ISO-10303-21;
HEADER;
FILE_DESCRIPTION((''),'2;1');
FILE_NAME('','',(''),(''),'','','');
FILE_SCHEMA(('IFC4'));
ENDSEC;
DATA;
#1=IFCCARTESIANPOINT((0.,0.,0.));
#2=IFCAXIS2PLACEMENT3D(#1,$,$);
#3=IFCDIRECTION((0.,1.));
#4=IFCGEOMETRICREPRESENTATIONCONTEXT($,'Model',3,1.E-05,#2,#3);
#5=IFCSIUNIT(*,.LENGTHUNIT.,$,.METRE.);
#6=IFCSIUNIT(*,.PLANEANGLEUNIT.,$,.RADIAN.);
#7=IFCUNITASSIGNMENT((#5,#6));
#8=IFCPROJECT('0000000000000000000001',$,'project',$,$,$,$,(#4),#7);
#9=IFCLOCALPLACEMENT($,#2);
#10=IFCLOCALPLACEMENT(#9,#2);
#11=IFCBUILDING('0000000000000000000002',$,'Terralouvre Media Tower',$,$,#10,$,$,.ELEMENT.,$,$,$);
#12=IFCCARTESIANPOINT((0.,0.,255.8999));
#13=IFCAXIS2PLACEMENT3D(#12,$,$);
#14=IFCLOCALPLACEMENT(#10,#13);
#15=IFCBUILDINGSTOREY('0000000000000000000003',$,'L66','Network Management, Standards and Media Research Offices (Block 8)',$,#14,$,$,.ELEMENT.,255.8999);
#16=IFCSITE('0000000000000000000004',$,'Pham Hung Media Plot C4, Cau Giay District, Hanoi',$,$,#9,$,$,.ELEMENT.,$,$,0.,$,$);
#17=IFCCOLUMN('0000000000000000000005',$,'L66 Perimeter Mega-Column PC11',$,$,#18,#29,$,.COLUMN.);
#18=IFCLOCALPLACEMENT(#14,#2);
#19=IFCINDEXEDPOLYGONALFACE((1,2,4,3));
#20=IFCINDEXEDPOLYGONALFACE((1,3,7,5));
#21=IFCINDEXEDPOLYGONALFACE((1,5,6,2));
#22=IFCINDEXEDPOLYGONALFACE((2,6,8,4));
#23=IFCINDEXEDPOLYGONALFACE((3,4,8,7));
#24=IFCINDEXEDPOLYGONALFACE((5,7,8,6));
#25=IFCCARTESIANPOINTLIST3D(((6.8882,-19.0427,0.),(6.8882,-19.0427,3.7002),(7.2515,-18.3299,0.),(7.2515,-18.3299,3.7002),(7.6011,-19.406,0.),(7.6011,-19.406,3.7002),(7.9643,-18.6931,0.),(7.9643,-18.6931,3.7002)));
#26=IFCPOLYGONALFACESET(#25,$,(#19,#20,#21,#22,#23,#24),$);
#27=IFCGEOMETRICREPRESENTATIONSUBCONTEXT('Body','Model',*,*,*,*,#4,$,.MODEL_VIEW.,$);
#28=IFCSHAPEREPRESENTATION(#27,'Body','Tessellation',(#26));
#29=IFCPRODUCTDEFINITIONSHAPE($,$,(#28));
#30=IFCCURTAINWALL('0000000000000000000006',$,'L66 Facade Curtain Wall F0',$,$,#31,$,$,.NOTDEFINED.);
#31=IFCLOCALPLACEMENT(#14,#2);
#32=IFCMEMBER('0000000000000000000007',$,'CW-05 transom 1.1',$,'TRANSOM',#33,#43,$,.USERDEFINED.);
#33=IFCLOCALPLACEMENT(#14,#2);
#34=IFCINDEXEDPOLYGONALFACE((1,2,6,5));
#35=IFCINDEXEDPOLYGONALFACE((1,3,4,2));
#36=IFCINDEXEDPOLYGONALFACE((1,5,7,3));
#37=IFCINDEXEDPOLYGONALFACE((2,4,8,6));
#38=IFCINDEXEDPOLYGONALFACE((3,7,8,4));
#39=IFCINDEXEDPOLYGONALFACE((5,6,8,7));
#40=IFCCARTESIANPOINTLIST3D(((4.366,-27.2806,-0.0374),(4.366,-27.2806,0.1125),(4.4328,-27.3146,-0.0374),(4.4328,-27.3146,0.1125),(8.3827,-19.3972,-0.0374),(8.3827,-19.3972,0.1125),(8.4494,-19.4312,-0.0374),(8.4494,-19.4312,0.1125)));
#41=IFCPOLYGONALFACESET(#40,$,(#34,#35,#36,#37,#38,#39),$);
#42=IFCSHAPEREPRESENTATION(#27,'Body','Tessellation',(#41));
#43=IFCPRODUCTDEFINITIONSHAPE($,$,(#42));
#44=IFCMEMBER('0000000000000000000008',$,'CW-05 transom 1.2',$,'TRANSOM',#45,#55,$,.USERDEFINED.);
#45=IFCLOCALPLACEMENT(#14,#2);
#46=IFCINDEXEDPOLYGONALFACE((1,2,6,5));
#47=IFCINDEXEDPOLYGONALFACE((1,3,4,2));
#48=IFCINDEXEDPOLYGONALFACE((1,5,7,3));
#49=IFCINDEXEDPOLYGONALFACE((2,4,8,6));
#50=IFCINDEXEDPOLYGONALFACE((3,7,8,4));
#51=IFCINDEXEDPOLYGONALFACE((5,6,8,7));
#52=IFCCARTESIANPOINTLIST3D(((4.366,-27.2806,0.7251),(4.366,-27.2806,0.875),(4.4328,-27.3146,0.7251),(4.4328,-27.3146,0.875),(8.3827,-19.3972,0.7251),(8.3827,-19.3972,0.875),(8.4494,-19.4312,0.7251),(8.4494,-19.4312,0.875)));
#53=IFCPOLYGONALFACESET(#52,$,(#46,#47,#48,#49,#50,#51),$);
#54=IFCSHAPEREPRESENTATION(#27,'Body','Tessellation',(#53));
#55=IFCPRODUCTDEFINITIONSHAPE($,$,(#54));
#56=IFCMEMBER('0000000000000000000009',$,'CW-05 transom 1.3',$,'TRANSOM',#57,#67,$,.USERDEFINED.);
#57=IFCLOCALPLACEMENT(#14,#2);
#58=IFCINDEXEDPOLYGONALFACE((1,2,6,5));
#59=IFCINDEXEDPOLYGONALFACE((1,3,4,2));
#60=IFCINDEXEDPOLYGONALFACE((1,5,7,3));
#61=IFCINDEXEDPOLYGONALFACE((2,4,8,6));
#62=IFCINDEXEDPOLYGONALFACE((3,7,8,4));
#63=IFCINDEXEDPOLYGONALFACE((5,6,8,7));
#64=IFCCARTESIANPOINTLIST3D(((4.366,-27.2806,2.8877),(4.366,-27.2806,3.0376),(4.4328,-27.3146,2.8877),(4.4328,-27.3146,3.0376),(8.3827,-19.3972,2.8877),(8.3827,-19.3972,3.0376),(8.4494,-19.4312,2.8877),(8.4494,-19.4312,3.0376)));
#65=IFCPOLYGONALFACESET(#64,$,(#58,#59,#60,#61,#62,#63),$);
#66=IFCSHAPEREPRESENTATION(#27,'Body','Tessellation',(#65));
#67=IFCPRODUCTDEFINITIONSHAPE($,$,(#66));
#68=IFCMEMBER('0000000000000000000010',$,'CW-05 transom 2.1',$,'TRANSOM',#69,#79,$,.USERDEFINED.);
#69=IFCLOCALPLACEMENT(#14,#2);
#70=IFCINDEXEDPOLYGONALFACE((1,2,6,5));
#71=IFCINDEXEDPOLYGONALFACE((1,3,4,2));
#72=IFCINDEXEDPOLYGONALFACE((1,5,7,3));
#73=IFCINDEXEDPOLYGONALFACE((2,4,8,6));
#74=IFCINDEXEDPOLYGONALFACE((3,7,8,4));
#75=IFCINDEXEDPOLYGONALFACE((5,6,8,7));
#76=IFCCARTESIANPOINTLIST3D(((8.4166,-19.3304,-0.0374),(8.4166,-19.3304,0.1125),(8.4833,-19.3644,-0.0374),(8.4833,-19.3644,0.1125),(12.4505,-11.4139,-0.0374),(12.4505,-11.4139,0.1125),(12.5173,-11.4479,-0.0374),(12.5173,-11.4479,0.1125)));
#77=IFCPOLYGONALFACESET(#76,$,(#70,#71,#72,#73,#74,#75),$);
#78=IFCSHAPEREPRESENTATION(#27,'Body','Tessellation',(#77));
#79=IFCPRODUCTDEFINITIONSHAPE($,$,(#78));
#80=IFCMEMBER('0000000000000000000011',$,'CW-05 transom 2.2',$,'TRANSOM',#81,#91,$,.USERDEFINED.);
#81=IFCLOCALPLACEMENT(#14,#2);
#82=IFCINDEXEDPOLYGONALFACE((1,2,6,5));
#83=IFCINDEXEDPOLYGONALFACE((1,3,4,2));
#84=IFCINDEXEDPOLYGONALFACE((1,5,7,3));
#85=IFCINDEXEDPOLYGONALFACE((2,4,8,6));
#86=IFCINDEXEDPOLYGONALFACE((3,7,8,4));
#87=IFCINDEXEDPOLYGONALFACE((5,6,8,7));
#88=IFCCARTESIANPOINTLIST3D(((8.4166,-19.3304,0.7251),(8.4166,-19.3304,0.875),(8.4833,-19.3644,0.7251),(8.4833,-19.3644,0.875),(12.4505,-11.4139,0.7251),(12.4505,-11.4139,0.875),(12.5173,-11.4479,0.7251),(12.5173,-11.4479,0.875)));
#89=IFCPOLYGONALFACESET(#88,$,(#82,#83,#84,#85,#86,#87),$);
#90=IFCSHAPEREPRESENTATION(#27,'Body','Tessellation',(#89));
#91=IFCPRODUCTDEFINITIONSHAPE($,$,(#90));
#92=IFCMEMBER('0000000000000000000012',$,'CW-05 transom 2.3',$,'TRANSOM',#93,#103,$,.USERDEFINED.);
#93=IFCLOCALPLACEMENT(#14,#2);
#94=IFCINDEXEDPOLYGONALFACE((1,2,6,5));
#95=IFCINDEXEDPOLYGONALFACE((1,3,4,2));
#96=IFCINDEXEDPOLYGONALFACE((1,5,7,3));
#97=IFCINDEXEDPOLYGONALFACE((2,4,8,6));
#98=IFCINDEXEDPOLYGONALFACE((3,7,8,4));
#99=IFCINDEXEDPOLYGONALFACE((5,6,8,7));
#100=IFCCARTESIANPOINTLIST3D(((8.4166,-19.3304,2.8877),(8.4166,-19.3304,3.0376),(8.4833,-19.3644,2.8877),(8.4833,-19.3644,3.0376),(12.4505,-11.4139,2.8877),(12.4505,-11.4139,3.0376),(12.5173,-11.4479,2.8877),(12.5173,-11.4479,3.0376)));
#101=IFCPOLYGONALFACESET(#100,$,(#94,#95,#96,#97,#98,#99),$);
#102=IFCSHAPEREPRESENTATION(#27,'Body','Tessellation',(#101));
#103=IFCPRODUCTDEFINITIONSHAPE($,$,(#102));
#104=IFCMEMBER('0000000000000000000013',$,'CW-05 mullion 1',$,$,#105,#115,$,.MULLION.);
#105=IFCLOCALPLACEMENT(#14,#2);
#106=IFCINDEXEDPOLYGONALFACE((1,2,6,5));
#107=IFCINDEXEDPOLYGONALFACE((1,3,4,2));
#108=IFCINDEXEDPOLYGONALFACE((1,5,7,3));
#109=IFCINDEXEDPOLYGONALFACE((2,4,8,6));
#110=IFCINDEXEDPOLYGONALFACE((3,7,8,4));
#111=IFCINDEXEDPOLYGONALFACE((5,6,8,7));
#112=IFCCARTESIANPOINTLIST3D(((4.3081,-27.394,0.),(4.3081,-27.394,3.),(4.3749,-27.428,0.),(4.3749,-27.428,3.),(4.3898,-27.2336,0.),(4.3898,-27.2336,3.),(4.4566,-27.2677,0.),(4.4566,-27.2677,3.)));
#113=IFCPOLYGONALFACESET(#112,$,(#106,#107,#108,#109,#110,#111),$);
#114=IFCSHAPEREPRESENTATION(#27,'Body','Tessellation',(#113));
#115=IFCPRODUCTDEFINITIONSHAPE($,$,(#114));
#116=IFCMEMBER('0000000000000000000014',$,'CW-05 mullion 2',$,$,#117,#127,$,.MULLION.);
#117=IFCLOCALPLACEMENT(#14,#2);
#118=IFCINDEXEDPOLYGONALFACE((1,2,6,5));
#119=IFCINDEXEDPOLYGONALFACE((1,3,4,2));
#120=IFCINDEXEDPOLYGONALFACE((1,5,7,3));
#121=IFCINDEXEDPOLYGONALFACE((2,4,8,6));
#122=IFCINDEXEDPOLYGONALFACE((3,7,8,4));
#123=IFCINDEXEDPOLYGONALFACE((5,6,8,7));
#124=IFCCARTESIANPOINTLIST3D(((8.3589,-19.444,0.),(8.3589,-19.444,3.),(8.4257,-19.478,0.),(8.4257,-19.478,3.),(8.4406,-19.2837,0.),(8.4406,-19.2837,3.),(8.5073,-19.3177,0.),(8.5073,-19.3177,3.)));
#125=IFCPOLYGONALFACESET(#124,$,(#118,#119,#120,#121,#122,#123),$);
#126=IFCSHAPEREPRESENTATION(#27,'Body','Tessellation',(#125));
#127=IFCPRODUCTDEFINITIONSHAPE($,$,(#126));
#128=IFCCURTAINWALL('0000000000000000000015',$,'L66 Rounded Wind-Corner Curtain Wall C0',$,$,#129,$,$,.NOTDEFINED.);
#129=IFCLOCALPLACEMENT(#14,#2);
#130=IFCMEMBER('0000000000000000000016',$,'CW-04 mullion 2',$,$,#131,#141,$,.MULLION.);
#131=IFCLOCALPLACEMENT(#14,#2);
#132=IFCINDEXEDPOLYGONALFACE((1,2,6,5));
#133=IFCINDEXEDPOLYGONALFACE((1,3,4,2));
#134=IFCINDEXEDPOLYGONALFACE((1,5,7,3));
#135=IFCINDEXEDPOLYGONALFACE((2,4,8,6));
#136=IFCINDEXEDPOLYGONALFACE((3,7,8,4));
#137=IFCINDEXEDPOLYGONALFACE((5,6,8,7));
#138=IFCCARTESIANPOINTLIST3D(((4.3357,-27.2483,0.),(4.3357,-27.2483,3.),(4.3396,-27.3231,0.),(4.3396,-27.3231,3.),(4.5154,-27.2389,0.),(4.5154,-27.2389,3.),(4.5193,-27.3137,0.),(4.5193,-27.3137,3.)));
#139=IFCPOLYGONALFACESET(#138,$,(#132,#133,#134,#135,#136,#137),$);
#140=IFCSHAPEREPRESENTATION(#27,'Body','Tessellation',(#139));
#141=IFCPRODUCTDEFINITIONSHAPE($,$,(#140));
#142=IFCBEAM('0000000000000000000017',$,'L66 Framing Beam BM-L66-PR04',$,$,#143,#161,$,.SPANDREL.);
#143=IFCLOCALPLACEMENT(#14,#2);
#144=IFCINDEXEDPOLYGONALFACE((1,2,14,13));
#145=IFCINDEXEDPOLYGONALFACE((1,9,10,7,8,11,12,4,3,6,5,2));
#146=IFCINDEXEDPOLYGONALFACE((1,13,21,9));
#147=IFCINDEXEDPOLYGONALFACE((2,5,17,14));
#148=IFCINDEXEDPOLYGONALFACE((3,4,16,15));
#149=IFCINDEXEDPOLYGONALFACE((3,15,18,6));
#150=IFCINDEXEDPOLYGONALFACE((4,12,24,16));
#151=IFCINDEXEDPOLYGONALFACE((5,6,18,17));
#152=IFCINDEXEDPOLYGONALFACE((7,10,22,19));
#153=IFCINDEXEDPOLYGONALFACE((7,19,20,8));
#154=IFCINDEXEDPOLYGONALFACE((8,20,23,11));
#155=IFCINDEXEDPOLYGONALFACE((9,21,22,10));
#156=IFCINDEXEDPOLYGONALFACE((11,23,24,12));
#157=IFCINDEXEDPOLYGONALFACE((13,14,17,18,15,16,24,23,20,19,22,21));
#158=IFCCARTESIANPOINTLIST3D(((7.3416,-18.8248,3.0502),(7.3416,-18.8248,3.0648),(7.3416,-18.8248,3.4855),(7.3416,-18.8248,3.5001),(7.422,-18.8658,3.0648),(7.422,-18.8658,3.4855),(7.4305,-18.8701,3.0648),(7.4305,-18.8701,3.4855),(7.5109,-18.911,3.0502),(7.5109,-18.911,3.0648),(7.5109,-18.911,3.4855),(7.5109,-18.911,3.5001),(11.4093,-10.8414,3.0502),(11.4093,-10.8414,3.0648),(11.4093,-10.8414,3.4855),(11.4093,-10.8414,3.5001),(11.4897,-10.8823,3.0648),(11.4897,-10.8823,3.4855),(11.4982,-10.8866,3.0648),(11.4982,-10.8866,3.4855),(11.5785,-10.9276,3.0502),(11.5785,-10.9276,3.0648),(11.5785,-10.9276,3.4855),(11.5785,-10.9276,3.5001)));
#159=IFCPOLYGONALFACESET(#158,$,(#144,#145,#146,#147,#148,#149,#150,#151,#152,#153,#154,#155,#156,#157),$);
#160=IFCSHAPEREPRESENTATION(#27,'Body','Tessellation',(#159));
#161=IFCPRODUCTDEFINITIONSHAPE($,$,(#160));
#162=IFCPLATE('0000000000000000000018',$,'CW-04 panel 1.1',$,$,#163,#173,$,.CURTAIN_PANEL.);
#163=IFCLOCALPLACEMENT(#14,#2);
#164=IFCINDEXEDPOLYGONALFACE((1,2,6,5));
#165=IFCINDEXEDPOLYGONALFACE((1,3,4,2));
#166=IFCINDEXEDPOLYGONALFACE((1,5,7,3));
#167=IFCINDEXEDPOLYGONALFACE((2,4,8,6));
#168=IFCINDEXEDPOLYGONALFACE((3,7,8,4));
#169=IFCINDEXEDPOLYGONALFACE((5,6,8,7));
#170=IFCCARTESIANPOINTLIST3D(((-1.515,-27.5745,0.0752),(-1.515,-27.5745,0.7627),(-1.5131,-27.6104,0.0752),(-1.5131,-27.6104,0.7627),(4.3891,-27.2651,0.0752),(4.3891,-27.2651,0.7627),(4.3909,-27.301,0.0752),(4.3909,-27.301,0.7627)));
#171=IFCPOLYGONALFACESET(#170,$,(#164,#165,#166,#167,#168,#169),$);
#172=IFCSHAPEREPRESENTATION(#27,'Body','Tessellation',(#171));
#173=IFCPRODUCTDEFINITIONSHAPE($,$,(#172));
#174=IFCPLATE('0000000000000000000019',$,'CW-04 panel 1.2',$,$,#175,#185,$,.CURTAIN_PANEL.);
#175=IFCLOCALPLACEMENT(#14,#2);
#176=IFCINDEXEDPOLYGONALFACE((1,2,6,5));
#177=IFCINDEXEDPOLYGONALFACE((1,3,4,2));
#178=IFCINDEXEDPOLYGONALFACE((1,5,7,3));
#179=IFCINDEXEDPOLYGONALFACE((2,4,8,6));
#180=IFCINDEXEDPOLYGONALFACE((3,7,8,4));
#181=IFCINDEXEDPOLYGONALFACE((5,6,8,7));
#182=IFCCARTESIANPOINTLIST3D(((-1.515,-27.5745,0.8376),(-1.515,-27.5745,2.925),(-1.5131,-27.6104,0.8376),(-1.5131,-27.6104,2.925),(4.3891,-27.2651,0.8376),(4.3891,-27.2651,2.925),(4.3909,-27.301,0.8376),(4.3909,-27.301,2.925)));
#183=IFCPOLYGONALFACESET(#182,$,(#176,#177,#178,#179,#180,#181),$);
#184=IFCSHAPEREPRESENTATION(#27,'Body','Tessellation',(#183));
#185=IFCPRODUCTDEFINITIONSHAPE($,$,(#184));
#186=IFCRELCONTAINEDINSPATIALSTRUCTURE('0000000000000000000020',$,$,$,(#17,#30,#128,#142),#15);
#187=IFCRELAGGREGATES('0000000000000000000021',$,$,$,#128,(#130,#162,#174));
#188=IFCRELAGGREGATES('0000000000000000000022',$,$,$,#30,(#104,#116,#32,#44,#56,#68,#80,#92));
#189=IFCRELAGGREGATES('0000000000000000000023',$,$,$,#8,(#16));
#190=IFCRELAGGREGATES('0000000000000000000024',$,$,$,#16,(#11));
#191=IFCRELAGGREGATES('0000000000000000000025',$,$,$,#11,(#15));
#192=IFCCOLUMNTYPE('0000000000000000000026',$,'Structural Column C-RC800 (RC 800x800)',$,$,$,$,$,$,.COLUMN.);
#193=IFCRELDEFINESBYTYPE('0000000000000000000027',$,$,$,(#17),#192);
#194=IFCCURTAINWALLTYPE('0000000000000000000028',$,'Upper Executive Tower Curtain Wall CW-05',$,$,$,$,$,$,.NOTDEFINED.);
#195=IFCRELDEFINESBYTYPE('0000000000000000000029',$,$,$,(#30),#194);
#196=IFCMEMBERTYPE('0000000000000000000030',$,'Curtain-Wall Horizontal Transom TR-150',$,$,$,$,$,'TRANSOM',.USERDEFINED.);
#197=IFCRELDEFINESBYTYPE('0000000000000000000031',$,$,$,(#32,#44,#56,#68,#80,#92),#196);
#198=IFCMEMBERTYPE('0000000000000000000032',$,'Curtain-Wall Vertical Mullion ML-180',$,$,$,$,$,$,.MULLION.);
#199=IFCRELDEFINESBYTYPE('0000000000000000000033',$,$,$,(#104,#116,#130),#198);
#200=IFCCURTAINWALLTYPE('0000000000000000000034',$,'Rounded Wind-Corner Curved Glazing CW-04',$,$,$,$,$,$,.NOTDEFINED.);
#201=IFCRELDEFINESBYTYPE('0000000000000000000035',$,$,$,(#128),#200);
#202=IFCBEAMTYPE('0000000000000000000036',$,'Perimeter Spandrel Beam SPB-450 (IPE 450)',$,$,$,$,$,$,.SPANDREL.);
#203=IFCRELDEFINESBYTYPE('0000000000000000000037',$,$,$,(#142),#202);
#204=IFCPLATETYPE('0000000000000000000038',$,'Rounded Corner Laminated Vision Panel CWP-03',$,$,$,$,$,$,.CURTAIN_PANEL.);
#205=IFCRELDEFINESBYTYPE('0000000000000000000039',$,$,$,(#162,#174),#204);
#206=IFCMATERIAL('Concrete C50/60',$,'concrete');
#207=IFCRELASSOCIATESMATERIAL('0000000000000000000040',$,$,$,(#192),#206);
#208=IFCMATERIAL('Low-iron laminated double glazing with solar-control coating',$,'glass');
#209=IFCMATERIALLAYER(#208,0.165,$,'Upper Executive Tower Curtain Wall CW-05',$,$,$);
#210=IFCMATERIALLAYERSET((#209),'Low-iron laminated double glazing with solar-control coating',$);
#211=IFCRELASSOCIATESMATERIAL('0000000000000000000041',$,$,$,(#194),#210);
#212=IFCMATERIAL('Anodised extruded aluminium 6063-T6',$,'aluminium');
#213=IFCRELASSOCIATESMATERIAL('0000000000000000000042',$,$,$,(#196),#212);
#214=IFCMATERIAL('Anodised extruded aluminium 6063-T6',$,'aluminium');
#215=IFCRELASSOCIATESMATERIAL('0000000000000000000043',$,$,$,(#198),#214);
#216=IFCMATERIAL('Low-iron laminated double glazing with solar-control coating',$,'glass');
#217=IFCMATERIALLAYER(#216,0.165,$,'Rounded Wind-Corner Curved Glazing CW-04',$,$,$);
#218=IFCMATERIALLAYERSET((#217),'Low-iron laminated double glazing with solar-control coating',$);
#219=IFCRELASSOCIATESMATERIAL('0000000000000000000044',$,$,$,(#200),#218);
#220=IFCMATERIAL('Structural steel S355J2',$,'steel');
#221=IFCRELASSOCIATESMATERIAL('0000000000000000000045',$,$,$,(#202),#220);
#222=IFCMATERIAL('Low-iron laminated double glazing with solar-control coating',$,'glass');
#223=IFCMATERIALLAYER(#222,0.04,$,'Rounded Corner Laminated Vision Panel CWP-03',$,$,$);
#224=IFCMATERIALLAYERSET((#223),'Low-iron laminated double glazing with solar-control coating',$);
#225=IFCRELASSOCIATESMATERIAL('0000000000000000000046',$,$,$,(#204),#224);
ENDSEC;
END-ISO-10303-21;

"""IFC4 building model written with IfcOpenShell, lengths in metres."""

from ifc_helpers import new_model, si_unit, direction, frame, origin, origin_2d, place, context, subcontext, project, spatial, rectangle, i_section, extrude, material, layer, layer_set, material_profile, profile_set, type_object, element, aggregate, save


model = new_model("IFC4")

# Units and contexts
model_context = context("Model", 3, precision=1e-05, world=origin(), true_north=direction((0.0, 1.0)))
body_context = subcontext(model_context, "Body", "Model", "MODEL_VIEW")
ifc_project = project(units=[si_unit("LENGTHUNIT", "METRE"), si_unit("PLANEANGLEUNIT", "RADIAN")], contexts=[model_context])

# Site, building, storey
site_placement = place(None, origin())
site = spatial("IfcSite", under=ifc_project, at=site_placement, Name="Pham Hung Media Plot C4, Cau Giay District, Hanoi", CompositionType="ELEMENT", RefElevation=0.0)
building_placement = place(site_placement, origin())
building = spatial("IfcBuilding", under=site, at=building_placement, Name="Terralouvre Media Tower", CompositionType="ELEMENT")
storey_placement = place(building_placement, frame((0.0, 0.0, 255.8999)))
storey = spatial("IfcBuildingStorey", under=building, at=storey_placement, Name="L66", Description="Network Management, Standards and Media Research Offices (Block 8)", CompositionType="ELEMENT", Elevation=255.8999)

# Column
ifc_material_1 = material(Name="Concrete C50/60", Category="concrete")
ifc_material_profile_1 = material_profile(ifc_material_1, rectangle(XDim=0.8, YDim=0.8, at=origin_2d()), Name="RC 800x800")
ifc_profile_set_1 = profile_set([ifc_material_profile_1], Name="Concrete C50/60")
column_type = type_object("IfcColumnType", Name="Structural Column C-RC800 (RC 800x800)", PredefinedType="COLUMN", material=ifc_profile_set_1)
column_placement = place(storey_placement, frame((7.4263, -18.8679, 0.0), z_axis=(0.0, 0.0, 1.0), x_axis=(0.45399, 0.891007, 0.0)))
element("IfcColumn", 1, at=column_placement, inside=storey, type_object=column_type, Name="L66 Perimeter Mega-Column PC11", PredefinedType="COLUMN", context=body_context, shape_type="SweptSolid", body=[
    extrude(rectangle(XDim=0.8, YDim=0.8, at=origin_2d()), origin(), (0.0, 0.0, 1.0), 3.7002),
])

# Curtain wall, members
ifc_material_2 = material(Name="Low-iron laminated double glazing with solar-control coating", Category="glass")
ifc_layer_1 = layer(ifc_material_2, 0.165, Name="Upper Executive Tower Curtain Wall CW-05")
ifc_layer_set_1 = layer_set([ifc_layer_1], Name="Low-iron laminated double glazing with solar-control coating")
curtain_wall_type_1 = type_object("IfcCurtainWallType", Name="Upper Executive Tower Curtain Wall CW-05", PredefinedType="NOTDEFINED", material=ifc_layer_set_1)
curtain_wall_1_placement = place(storey_placement, origin())
curtain_wall_1 = element("IfcCurtainWall", 2, at=curtain_wall_1_placement, inside=storey, type_object=curtain_wall_type_1, Name="L66 Facade Curtain Wall F0", PredefinedType="NOTDEFINED")
ifc_material_3 = material(Name="Anodised extruded aluminium 6063-T6", Category="aluminium")
ifc_material_profile_2 = material_profile(ifc_material_3, rectangle(XDim=0.075, YDim=0.1499, at=origin_2d()), Name="ALU 75x150")
ifc_profile_set_2 = profile_set([ifc_material_profile_2], Name="Anodised extruded aluminium 6063-T6")
member_type_1 = type_object("IfcMemberType", Name="Curtain-Wall Horizontal Transom TR-150", ElementType="TRANSOM", PredefinedType="USERDEFINED", material=ifc_profile_set_2)
member_1_placement = place(storey_placement, frame((4.3994, -27.2976, 0.0376), z_axis=(0.453978, 0.891013, 0.0), x_axis=(-0.891013, 0.453978, 0.0)))
member_1 = element("IfcMember", 3, at=member_1_placement, type_object=member_type_1, Name="CW-05 transom 1.1", ObjectType="TRANSOM", PredefinedType="USERDEFINED", context=body_context, shape_type="SweptSolid", body=[
    extrude(rectangle(XDim=0.075, YDim=0.1499, at=origin_2d()), origin(), (0.0, 0.0, 1.0), 8.8477),
])
member_2_placement = place(storey_placement, frame((4.3994, -27.2976, 0.8), z_axis=(0.453978, 0.891013, 0.0), x_axis=(-0.891013, 0.453978, 0.0)))
member_2 = element("IfcMember", 4, at=member_2_placement, type_object=member_type_1, Name="CW-05 transom 1.2", ObjectType="TRANSOM", PredefinedType="USERDEFINED", context=body_context, shape_type="SweptSolid", body=[
    extrude(rectangle(XDim=0.075, YDim=0.1499, at=origin_2d()), origin(), (0.0, 0.0, 1.0), 8.8477),
])
member_3_placement = place(storey_placement, frame((4.3994, -27.2976, 2.9626), z_axis=(0.453978, 0.891013, 0.0), x_axis=(-0.891013, 0.453978, 0.0)))
member_3 = element("IfcMember", 5, at=member_3_placement, type_object=member_type_1, Name="CW-05 transom 1.3", ObjectType="TRANSOM", PredefinedType="USERDEFINED", context=body_context, shape_type="SweptSolid", body=[
    extrude(rectangle(XDim=0.075, YDim=0.1499, at=origin_2d()), origin(), (0.0, 0.0, 1.0), 8.8477),
])
member_4_placement = place(storey_placement, frame((8.45, -19.3474, 0.0376), z_axis=(0.454015, 0.890994, 0.0), x_axis=(-0.890994, 0.454015, 0.0)))
member_4 = element("IfcMember", 6, at=member_4_placement, type_object=member_type_1, Name="CW-05 transom 2.1", ObjectType="TRANSOM", PredefinedType="USERDEFINED", context=body_context, shape_type="SweptSolid", body=[
    extrude(rectangle(XDim=0.075, YDim=0.1499, at=origin_2d()), origin(), (0.0, 0.0, 1.0), 8.885),
])
member_5_placement = place(storey_placement, frame((8.45, -19.3474, 0.8), z_axis=(0.454015, 0.890994, 0.0), x_axis=(-0.890994, 0.454015, 0.0)))
member_5 = element("IfcMember", 7, at=member_5_placement, type_object=member_type_1, Name="CW-05 transom 2.2", ObjectType="TRANSOM", PredefinedType="USERDEFINED", context=body_context, shape_type="SweptSolid", body=[
    extrude(rectangle(XDim=0.075, YDim=0.1499, at=origin_2d()), origin(), (0.0, 0.0, 1.0), 8.885),
])
member_6_placement = place(storey_placement, frame((8.45, -19.3474, 2.9626), z_axis=(0.454015, 0.890994, 0.0), x_axis=(-0.890994, 0.454015, 0.0)))
member_6 = element("IfcMember", 8, at=member_6_placement, type_object=member_type_1, Name="CW-05 transom 2.3", ObjectType="TRANSOM", PredefinedType="USERDEFINED", context=body_context, shape_type="SweptSolid", body=[
    extrude(rectangle(XDim=0.075, YDim=0.1499, at=origin_2d()), origin(), (0.0, 0.0, 1.0), 8.885),
])
ifc_material_4 = material(Name="Anodised extruded aluminium 6063-T6", Category="aluminium")
ifc_material_profile_3 = material_profile(ifc_material_4, rectangle(XDim=0.075, YDim=0.1799, at=origin_2d()), Name="ALU 75x180")
ifc_profile_set_3 = profile_set([ifc_material_profile_3], Name="Anodised extruded aluminium 6063-T6")
member_type_2 = type_object("IfcMemberType", Name="Curtain-Wall Vertical Mullion ML-180", PredefinedType="MULLION", material=ifc_profile_set_3)
member_7_placement = place(storey_placement, frame((4.3823, -27.3308, 0.0), z_axis=(0.0, 0.0, 1.0), x_axis=(-0.891007, 0.45399, 0.0)))
member_7 = element("IfcMember", 9, at=member_7_placement, type_object=member_type_2, Name="CW-05 mullion 1", PredefinedType="MULLION", context=body_context, shape_type="SweptSolid", body=[
    extrude(rectangle(XDim=0.075, YDim=0.1799, at=origin_2d()), origin(), (0.0, 0.0, 1.0), 3.0),
])
member_8_placement = place(storey_placement, frame((8.4331, -19.3809, 0.0), z_axis=(0.0, 0.0, 1.0), x_axis=(-0.891007, 0.45399, 0.0)))
member_8 = element("IfcMember", 10, at=member_8_placement, type_object=member_type_2, Name="CW-05 mullion 2", PredefinedType="MULLION", context=body_context, shape_type="SweptSolid", body=[
    extrude(rectangle(XDim=0.075, YDim=0.1799, at=origin_2d()), origin(), (0.0, 0.0, 1.0), 3.0),
])

# Curtain wall, member
ifc_material_5 = material(Name="Low-iron laminated double glazing with solar-control coating", Category="glass")
ifc_layer_2 = layer(ifc_material_5, 0.165, Name="Rounded Wind-Corner Curved Glazing CW-04")
ifc_layer_set_2 = layer_set([ifc_layer_2], Name="Low-iron laminated double glazing with solar-control coating")
curtain_wall_type_2 = type_object("IfcCurtainWallType", Name="Rounded Wind-Corner Curved Glazing CW-04", PredefinedType="NOTDEFINED", material=ifc_layer_set_2)
curtain_wall_2_placement = place(storey_placement, origin())
curtain_wall_2 = element("IfcCurtainWall", 11, at=curtain_wall_2_placement, inside=storey, type_object=curtain_wall_type_2, Name="L66 Rounded Wind-Corner Curtain Wall C0", PredefinedType="NOTDEFINED")
member_9_placement = place(storey_placement, frame((4.4275, -27.281, 0.0), z_axis=(0.0, 0.0, 1.0), x_axis=(-0.052336, 0.99863, 0.0)))
member_9 = element("IfcMember", 12, at=member_9_placement, type_object=member_type_2, Name="CW-04 mullion 2", PredefinedType="MULLION", context=body_context, shape_type="SweptSolid", body=[
    extrude(rectangle(XDim=0.075, YDim=0.1799, at=origin_2d()), origin(), (0.0, 0.0, 1.0), 3.0),
])

# Beam
ifc_material_6 = material(Name="Structural steel S355J2", Category="steel")
ifc_material_profile_4 = material_profile(ifc_material_6, i_section(OverallWidth=0.1899, OverallDepth=0.45, WebThickness=0.0095, FlangeThickness=0.0146, at=origin_2d()), Name="IPE 450")
ifc_profile_set_4 = profile_set([ifc_material_profile_4], Name="Structural steel S355J2")
beam_type = type_object("IfcBeamType", Name="Perimeter Spandrel Beam SPB-450 (IPE 450)", PredefinedType="SPANDREL", material=ifc_profile_set_4)
beam_placement = place(storey_placement, frame((7.4263, -18.8679, 3.2751), z_axis=(0.45398, 0.891012, 0.0), x_axis=(-0.891012, 0.45398, 0.0)))
element("IfcBeam", 13, at=beam_placement, inside=storey, type_object=beam_type, Name="L66 Framing Beam BM-L66-PR04", PredefinedType="SPANDREL", context=body_context, shape_type="SweptSolid", body=[
    extrude(i_section(OverallWidth=0.1899, OverallDepth=0.45, WebThickness=0.0095, FlangeThickness=0.0146, at=origin_2d()), origin(), (0.0, 0.0, 1.0), 8.96),
])

# Plates
ifc_material_7 = material(Name="Low-iron laminated double glazing with solar-control coating", Category="glass")
ifc_layer_3 = layer(ifc_material_7, 0.04, Name="Rounded Corner Laminated Vision Panel CWP-03")
ifc_layer_set_3 = layer_set([ifc_layer_3], Name="Low-iron laminated double glazing with solar-control coating")
plate_type_1 = type_object("IfcPlateType", Name="Rounded Corner Laminated Vision Panel CWP-03", PredefinedType="CURTAIN_PANEL", material=ifc_layer_set_3)
plate_1_placement = place(storey_placement, frame((1.438, -27.4377, 0.0752), z_axis=(0.0, 0.0, 1.0), x_axis=(0.99863, 0.052336, 0.0)))
plate_1 = element("IfcPlate", 14, at=plate_1_placement, type_object=plate_type_1, Name="CW-04 panel 1.1", PredefinedType="CURTAIN_PANEL", context=body_context, shape_type="SweptSolid", body=[
    extrude(rectangle(XDim=5.9121, YDim=0.0359, at=origin_2d()), origin(), (0.0, 0.0, 1.0), 0.6875),
])
plate_2_placement = place(storey_placement, frame((1.438, -27.4377, 0.8376), z_axis=(0.0, 0.0, 1.0), x_axis=(0.99863, 0.052336, 0.0)))
plate_2 = element("IfcPlate", 15, at=plate_2_placement, type_object=plate_type_1, Name="CW-04 panel 1.2", PredefinedType="CURTAIN_PANEL", context=body_context, shape_type="SweptSolid", body=[
    extrude(rectangle(XDim=5.9121, YDim=0.0359, at=origin_2d()), origin(), (0.0, 0.0, 1.0), 2.0874),
])
aggregate(curtain_wall_2, [member_9, plate_1, plate_2])
aggregate(curtain_wall_1, [member_7, member_8, member_1, member_2, member_3, member_4, member_5, member_6])

save(model, "model.ifc")
